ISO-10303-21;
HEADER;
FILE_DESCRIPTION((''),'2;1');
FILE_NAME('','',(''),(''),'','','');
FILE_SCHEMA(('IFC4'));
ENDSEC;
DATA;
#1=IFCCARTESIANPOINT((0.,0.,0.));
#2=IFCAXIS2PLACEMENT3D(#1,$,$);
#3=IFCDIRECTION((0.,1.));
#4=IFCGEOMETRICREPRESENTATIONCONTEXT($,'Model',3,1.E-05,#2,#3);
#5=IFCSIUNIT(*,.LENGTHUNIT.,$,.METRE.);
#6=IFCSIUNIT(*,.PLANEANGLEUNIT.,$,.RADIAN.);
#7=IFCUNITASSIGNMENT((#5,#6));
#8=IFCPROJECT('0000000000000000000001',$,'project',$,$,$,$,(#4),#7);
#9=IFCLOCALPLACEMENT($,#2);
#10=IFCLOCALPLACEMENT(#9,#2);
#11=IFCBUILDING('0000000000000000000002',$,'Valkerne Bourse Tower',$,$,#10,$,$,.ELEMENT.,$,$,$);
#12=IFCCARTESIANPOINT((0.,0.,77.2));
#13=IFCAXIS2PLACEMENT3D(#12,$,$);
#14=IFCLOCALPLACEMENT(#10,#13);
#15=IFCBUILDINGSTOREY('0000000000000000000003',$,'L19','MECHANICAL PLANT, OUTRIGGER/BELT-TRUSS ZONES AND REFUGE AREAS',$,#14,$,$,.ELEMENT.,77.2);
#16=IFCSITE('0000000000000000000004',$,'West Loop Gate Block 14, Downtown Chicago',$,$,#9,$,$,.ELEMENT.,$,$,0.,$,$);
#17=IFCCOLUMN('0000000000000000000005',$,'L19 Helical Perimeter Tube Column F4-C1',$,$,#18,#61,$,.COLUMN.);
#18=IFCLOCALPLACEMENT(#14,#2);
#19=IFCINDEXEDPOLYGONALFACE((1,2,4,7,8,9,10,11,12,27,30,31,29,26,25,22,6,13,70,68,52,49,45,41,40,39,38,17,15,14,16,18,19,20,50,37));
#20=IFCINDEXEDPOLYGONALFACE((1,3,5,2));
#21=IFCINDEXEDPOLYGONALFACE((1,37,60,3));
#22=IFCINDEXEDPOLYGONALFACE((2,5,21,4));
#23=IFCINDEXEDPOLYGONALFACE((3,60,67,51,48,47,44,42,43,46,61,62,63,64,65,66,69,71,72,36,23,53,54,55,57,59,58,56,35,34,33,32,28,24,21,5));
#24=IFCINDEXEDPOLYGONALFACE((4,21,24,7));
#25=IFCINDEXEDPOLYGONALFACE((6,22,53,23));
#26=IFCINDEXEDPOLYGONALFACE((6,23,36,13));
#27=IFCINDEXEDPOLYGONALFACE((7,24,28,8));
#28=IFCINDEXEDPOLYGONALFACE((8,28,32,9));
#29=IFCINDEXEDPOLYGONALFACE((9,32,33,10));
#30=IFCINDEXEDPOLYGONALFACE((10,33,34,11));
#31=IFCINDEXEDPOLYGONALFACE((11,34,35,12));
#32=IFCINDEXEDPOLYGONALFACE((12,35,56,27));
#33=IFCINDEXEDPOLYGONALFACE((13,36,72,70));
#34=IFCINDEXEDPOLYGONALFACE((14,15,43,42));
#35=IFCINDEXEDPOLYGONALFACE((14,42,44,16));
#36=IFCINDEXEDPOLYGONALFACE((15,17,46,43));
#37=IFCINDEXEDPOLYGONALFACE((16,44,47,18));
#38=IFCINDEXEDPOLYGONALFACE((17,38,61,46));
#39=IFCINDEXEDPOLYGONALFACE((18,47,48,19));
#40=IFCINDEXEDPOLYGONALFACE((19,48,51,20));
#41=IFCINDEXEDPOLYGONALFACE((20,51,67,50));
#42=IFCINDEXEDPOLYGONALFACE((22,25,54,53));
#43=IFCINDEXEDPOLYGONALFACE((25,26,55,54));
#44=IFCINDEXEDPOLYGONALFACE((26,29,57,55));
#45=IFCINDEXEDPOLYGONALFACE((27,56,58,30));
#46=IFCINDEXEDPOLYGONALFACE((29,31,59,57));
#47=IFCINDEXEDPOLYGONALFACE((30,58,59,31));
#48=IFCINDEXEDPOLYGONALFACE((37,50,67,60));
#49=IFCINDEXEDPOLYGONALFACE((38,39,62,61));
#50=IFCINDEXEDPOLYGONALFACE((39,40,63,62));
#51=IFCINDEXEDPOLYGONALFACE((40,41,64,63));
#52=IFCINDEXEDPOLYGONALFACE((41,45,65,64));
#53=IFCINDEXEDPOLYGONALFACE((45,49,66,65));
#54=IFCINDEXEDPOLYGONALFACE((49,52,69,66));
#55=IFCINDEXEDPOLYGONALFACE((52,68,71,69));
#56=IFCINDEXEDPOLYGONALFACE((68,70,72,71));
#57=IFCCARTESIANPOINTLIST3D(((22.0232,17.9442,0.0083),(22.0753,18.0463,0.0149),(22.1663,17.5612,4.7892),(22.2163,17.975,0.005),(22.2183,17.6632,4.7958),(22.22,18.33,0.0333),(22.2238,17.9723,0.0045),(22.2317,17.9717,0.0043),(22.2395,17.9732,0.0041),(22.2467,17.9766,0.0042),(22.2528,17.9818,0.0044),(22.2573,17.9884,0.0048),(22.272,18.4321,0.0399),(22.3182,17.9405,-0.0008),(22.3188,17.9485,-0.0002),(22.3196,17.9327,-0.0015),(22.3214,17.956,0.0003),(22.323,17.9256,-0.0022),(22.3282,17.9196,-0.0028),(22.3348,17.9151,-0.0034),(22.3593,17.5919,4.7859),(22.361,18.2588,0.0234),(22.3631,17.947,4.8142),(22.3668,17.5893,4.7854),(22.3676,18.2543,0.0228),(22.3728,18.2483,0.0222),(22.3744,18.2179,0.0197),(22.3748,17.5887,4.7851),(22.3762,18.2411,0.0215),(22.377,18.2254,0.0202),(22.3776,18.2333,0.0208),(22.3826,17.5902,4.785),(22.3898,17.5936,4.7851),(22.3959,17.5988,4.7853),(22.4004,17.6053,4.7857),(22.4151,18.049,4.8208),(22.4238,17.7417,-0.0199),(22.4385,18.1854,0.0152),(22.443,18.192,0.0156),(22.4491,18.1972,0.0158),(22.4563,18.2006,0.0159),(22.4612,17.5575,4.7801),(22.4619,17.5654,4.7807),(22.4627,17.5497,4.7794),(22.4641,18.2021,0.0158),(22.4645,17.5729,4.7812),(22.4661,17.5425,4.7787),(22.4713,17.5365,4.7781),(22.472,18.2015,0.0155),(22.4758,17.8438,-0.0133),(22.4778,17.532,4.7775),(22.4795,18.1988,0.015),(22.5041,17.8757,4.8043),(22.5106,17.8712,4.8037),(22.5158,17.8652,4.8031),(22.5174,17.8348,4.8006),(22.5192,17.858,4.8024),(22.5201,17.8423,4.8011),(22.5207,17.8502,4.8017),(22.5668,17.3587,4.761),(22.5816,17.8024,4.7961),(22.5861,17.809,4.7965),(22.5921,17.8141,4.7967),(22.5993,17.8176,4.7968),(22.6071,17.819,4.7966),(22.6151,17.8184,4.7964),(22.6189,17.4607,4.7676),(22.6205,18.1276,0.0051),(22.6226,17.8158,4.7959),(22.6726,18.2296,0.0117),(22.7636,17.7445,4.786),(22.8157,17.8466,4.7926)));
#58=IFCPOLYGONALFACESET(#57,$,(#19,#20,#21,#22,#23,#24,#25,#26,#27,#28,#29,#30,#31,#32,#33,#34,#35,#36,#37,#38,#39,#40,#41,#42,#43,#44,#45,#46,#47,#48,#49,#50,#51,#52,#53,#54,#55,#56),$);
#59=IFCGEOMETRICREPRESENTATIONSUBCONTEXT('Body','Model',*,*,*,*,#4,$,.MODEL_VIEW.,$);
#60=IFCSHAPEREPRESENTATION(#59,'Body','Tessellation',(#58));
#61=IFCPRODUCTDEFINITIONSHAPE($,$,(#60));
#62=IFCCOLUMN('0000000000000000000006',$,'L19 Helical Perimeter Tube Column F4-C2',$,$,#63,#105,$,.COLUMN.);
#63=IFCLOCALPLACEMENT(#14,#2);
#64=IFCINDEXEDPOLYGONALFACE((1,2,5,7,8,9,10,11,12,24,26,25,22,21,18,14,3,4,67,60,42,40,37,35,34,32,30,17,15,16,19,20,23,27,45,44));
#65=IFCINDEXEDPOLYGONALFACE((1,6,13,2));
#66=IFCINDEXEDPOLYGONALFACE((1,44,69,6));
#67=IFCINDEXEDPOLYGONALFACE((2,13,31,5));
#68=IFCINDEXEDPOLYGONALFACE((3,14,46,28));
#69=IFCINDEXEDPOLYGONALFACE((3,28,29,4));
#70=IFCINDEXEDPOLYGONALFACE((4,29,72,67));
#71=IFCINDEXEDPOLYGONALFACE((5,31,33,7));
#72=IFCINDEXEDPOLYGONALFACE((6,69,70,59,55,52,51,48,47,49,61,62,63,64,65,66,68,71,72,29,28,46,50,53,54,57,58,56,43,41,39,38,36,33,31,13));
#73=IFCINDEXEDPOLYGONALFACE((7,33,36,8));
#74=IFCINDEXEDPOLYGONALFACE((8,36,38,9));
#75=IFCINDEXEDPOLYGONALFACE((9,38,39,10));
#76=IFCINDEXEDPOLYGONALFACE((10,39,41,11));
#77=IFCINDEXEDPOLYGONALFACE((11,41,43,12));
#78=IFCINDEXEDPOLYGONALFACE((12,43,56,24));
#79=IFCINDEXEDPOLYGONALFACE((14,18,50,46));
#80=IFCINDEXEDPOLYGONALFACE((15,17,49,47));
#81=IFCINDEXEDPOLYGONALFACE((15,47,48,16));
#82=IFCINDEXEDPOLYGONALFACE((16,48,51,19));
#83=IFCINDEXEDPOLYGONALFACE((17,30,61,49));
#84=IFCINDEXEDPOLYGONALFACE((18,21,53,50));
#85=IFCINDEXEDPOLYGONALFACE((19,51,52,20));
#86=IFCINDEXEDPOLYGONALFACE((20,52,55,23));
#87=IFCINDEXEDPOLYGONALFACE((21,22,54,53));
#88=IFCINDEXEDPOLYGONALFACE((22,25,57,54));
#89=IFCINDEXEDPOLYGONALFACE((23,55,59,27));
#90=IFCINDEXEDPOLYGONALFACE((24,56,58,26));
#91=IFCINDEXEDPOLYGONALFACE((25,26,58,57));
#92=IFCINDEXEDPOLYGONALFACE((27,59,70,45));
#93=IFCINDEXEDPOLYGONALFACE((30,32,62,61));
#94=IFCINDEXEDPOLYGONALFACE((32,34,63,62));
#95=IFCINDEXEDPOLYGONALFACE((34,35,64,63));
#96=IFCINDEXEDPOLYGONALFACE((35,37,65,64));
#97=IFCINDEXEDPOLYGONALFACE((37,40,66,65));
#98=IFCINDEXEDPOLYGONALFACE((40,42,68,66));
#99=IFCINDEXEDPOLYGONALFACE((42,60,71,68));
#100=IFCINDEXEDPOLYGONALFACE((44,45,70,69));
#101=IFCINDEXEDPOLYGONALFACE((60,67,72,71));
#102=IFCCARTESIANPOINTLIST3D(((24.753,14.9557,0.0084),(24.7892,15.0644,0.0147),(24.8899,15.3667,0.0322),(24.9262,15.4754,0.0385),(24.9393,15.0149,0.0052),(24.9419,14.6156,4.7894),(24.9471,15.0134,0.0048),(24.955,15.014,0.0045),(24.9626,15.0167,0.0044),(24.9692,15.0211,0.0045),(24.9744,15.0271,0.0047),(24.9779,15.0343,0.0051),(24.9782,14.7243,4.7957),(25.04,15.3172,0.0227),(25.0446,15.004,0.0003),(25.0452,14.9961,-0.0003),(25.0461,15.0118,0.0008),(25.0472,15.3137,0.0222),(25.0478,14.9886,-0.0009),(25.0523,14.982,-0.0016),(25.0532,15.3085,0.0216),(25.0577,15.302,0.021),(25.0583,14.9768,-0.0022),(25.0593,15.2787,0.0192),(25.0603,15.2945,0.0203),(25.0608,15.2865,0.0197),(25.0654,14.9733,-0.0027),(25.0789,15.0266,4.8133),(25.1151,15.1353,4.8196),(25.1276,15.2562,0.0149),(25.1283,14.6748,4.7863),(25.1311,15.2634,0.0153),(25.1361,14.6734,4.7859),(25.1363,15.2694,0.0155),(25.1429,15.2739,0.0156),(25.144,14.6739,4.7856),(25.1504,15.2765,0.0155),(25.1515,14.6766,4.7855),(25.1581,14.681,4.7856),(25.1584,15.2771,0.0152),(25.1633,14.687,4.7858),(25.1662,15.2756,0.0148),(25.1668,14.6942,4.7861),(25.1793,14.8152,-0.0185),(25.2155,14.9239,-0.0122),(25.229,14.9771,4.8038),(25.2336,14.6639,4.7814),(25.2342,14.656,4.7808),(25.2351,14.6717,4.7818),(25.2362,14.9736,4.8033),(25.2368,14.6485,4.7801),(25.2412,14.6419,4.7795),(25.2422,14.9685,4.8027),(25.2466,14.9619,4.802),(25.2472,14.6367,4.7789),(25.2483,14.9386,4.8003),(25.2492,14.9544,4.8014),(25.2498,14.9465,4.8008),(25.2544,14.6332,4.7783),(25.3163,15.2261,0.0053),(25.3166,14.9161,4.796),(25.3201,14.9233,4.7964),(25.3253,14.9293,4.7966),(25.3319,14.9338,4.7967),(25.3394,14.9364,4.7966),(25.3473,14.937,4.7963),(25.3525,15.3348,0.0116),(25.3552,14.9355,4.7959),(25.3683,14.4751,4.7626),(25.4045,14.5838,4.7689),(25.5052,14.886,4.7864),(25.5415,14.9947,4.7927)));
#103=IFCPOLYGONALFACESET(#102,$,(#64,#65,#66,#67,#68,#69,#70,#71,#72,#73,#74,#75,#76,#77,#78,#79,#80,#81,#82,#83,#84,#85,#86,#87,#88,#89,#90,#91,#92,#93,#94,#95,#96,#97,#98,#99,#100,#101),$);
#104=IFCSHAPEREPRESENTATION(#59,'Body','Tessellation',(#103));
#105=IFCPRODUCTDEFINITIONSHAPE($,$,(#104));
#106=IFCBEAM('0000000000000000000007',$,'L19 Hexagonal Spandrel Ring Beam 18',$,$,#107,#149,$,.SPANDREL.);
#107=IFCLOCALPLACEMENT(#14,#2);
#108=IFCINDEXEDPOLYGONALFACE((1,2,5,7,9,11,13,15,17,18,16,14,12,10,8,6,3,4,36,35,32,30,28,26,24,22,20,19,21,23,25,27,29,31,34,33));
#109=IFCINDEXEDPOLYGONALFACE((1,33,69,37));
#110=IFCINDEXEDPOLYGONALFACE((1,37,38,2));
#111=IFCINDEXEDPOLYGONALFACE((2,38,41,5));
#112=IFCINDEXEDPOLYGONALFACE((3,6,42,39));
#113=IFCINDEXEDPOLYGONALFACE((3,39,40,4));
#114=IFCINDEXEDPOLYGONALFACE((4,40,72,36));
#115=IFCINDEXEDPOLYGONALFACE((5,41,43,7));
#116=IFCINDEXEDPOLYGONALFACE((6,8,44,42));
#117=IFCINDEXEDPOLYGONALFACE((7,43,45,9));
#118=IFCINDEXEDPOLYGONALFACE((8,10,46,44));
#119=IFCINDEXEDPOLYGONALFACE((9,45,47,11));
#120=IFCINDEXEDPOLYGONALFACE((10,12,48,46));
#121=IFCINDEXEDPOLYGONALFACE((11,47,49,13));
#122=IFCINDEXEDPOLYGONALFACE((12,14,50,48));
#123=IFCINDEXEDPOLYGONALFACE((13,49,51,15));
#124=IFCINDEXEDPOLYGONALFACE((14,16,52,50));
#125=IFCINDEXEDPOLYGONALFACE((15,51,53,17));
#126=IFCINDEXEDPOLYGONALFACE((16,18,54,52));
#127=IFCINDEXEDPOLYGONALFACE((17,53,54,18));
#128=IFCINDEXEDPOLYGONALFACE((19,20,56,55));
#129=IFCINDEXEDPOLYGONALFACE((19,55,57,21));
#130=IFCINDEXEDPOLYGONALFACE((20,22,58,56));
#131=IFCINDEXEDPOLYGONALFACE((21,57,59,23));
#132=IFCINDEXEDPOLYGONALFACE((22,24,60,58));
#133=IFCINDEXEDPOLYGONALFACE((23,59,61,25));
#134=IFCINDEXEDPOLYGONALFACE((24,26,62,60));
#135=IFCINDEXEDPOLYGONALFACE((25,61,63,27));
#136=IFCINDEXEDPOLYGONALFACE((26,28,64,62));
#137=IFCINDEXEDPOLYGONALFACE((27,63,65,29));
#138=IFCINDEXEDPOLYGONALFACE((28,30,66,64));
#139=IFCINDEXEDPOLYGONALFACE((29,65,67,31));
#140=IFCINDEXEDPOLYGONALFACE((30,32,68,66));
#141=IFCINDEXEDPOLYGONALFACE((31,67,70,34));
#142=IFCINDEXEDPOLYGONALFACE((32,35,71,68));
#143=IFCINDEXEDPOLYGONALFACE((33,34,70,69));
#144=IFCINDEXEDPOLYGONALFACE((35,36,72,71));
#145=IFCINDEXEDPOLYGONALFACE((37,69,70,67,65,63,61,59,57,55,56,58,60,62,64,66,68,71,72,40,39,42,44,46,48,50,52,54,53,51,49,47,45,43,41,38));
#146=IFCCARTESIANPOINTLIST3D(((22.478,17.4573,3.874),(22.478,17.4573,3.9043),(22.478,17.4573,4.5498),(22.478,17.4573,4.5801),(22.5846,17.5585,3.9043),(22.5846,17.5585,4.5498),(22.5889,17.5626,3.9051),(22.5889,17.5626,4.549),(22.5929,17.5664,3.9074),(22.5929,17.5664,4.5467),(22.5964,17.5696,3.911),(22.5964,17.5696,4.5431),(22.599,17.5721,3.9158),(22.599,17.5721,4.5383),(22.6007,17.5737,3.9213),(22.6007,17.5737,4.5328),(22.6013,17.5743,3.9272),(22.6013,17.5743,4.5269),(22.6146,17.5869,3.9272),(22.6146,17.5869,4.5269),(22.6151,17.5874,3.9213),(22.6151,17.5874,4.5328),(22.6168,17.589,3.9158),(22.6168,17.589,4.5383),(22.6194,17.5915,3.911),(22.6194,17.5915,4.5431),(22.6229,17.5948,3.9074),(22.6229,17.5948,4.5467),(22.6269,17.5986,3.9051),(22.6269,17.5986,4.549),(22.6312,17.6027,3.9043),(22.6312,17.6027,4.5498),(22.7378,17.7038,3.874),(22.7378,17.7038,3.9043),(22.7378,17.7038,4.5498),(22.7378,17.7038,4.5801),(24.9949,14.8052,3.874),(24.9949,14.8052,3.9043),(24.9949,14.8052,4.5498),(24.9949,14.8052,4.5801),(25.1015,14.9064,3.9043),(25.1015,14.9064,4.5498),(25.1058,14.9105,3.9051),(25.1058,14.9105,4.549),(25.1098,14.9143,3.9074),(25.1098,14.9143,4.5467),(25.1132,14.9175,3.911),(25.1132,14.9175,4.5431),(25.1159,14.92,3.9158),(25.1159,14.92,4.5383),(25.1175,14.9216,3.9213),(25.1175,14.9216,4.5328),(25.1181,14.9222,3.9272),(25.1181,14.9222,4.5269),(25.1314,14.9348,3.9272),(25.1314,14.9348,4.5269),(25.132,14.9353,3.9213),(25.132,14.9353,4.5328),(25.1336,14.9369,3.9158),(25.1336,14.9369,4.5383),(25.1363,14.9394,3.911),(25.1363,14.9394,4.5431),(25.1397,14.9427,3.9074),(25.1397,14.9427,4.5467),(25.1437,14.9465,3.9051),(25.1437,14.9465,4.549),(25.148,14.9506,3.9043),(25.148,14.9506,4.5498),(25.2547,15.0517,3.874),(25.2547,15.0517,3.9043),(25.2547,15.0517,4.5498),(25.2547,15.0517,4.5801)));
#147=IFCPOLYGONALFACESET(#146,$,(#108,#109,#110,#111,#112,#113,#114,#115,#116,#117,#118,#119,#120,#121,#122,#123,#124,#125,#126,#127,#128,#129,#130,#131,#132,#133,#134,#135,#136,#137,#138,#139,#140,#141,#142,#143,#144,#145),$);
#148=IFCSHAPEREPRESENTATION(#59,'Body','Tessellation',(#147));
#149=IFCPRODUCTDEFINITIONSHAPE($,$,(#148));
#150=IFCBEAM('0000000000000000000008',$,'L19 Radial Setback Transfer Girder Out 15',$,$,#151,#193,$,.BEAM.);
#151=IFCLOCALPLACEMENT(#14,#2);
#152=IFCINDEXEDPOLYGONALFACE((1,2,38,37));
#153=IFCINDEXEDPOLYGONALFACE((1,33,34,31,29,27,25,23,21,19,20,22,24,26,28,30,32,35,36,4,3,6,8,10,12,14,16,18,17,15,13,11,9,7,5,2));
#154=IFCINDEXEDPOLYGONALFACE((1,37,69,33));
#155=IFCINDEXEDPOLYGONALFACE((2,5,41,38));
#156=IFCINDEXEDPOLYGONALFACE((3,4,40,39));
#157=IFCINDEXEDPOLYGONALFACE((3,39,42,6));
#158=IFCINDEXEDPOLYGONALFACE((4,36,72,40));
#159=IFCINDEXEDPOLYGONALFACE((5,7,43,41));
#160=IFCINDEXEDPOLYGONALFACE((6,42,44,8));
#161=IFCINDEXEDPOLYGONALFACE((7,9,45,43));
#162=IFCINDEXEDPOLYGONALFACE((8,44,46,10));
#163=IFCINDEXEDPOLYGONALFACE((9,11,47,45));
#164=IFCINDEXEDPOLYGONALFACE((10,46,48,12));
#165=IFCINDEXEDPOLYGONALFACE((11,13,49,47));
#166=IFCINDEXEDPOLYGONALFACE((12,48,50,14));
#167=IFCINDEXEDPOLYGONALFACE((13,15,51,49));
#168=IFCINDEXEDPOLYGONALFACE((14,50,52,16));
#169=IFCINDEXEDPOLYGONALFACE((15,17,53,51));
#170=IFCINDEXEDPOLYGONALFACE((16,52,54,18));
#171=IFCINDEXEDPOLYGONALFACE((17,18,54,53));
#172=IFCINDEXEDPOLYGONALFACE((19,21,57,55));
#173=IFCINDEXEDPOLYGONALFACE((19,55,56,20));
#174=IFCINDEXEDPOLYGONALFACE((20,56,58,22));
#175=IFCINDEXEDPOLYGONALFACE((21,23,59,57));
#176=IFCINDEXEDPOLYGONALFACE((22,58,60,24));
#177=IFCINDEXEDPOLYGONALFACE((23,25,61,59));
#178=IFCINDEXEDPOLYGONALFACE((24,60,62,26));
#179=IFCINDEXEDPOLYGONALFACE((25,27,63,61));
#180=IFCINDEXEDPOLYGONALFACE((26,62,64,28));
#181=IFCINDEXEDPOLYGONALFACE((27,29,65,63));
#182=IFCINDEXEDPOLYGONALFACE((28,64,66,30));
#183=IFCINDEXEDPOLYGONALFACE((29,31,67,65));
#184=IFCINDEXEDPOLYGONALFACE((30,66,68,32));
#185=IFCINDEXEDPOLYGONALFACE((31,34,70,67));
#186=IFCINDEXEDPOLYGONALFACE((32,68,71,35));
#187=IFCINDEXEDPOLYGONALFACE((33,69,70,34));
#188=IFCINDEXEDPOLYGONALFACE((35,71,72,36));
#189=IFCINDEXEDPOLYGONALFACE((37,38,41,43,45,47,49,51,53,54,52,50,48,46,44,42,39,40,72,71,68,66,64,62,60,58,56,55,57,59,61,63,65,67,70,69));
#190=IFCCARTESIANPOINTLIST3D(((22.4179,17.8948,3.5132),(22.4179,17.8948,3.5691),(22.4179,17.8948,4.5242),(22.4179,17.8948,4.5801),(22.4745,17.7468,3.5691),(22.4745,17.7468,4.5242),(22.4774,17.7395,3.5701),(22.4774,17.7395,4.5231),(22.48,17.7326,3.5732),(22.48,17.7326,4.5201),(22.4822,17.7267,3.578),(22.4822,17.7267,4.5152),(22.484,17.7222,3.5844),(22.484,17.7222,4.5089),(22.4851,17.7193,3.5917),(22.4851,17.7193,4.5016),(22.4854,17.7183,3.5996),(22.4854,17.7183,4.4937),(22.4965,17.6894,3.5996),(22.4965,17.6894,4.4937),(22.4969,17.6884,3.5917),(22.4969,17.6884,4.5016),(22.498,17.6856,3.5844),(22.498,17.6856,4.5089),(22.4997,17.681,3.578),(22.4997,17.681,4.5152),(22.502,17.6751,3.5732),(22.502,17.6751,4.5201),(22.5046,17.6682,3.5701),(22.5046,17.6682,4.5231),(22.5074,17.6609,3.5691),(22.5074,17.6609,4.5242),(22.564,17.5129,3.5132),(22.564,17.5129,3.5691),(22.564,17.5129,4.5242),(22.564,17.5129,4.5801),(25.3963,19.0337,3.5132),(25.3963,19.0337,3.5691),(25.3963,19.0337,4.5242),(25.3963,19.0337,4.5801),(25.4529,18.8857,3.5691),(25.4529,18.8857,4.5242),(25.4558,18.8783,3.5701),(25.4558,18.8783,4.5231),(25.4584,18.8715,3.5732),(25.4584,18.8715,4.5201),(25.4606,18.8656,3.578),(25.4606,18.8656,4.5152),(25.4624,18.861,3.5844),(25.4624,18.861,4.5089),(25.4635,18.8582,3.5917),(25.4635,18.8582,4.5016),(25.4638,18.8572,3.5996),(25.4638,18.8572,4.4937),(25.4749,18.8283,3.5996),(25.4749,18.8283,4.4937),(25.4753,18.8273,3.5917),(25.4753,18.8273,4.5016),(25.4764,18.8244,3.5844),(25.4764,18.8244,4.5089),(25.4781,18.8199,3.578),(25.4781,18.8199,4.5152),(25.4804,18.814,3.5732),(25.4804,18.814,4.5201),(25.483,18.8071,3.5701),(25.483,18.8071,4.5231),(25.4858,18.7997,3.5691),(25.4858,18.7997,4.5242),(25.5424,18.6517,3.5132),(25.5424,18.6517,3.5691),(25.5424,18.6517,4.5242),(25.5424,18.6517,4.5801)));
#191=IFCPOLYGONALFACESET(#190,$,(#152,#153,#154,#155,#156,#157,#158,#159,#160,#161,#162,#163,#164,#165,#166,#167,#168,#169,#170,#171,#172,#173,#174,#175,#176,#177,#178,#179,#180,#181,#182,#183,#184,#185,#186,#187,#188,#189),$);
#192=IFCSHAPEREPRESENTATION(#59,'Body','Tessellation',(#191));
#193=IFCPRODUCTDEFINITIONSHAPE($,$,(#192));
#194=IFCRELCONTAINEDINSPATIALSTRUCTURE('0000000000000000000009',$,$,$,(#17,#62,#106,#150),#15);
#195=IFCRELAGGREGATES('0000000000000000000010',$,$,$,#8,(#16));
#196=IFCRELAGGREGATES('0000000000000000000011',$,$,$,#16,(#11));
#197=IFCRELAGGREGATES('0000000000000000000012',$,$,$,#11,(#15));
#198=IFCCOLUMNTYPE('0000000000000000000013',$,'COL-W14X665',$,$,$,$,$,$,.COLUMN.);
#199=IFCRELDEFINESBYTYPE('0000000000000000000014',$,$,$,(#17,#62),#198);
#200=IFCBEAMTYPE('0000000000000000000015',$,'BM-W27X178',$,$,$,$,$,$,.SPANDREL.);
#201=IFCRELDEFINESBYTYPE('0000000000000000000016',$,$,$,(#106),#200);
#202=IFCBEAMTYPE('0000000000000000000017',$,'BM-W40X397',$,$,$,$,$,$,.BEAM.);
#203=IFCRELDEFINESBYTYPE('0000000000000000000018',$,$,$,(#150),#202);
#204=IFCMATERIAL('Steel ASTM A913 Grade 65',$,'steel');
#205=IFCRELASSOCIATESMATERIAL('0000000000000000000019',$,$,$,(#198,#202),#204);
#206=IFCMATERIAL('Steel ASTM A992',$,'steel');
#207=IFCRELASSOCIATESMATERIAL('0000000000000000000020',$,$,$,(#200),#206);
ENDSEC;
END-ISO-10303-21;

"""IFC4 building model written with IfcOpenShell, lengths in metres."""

from ifc_helpers import new_model, si_unit, direction, frame, origin, origin_2d, place, context, subcontext, project, spatial, i_section, extrude, material, material_profile, profile_set, type_object, element, save


model = new_model("IFC4")

# Units and contexts
model_context = context("Model", 3, precision=1e-05, world=origin(), true_north=direction((0.0, 1.0)))
body_context = subcontext(model_context, "Body", "Model", "MODEL_VIEW")
ifc_project = project(units=[si_unit("LENGTHUNIT", "METRE"), si_unit("PLANEANGLEUNIT", "RADIAN")], contexts=[model_context])

# Site, building, storey
site_placement = place(None, origin())
site = spatial("IfcSite", under=ifc_project, at=site_placement, Name="West Loop Gate Block 14, Downtown Chicago", CompositionType="ELEMENT", RefElevation=0.0)
building_placement = place(site_placement, origin())
building = spatial("IfcBuilding", under=site, at=building_placement, Name="Valkerne Bourse Tower", CompositionType="ELEMENT")
storey_placement = place(building_placement, frame((0.0, 0.0, 77.2)))
storey = spatial("IfcBuildingStorey", under=building, at=storey_placement, Name="L19", Description="MECHANICAL PLANT, OUTRIGGER/BELT-TRUSS ZONES AND REFUGE AREAS", CompositionType="ELEMENT", Elevation=77.2)

# Columns
ifc_material_1 = material(Name="Steel ASTM A913 Grade 65", Category="steel")
ifc_material_profile_1 = material_profile(ifc_material_1, i_section(OverallWidth=0.4497, OverallDepth=0.5486, WebThickness=0.072, FlangeThickness=0.1147, FilletRadius=0.0305, at=origin_2d()), Name="W14X665")
ifc_profile_set_1 = profile_set([ifc_material_profile_1], Name="Steel ASTM A913 Grade 65")
column_type = type_object("IfcColumnType", Name="COL-W14X665", PredefinedType="COLUMN", material=ifc_profile_set_1)
column_1_placement = place(storey_placement, frame((22.3479, 18.0869, 0.01), z_axis=(0.029815, -0.079829, 0.996363), x_axis=(0.890703, -0.450238, -0.062727)))
element("IfcColumn", 1, at=column_1_placement, inside=storey, type_object=column_type, Name="L19 Helical Perimeter Tube Column F4-C1", PredefinedType="COLUMN", context=body_context, shape_type="SweptSolid", body=[
    extrude(i_section(OverallWidth=0.4497, OverallDepth=0.5486, WebThickness=0.072, FlangeThickness=0.1147, FilletRadius=0.0305, at=origin_2d()), origin(), (0.0, 0.0, 1.0), 4.7983),
])
column_2_placement = place(storey_placement, frame((25.0527, 15.1453, 0.01), z_axis=(0.039394, -0.070899, 0.996705), x_axis=(0.948018, -0.312567, -0.059703)))
element("IfcColumn", 2, at=column_2_placement, inside=storey, type_object=column_type, Name="L19 Helical Perimeter Tube Column F4-C2", PredefinedType="COLUMN", context=body_context, shape_type="SweptSolid", body=[
    extrude(i_section(OverallWidth=0.4497, OverallDepth=0.5486, WebThickness=0.072, FlangeThickness=0.1147, FilletRadius=0.0305, at=origin_2d()), origin(), (0.0, 0.0, 1.0), 4.7969),
])

# Beams
ifc_material_2 = material(Name="Steel ASTM A992", Category="steel")
ifc_material_profile_2 = material_profile(ifc_material_2, i_section(OverallWidth=0.3582, OverallDepth=0.7061, WebThickness=0.0183, FlangeThickness=0.0303, FilletRadius=0.0229, at=origin_2d()), Name="W27X178")
ifc_profile_set_2 = profile_set([ifc_material_profile_2], Name="Steel ASTM A992")
beam_type_1 = type_object("IfcBeamType", Name="BM-W27X178", PredefinedType="SPANDREL", material=ifc_profile_set_2)
beam_1_placement = place(storey_placement, frame((22.6079, 17.5806, 4.2271), z_axis=(0.688369, -0.725361, 0.0), x_axis=(0.725361, 0.688369, 0.0)))
element("IfcBeam", 3, at=beam_1_placement, inside=storey, type_object=beam_type_1, Name="L19 Hexagonal Spandrel Ring Beam 18", PredefinedType="SPANDREL", context=body_context, shape_type="SweptSolid", body=[
    extrude(i_section(OverallWidth=0.3582, OverallDepth=0.7061, WebThickness=0.0183, FlangeThickness=0.0303, FilletRadius=0.0229, at=origin_2d()), origin(), (0.0, 0.0, 1.0), 3.6562),
])
ifc_material_profile_3 = material_profile(ifc_material_1, i_section(OverallWidth=0.4089, OverallDepth=1.0669, WebThickness=0.031, FlangeThickness=0.0559, FilletRadius=0.0305, at=origin_2d()), Name="W40X397")
ifc_profile_set_3 = profile_set([ifc_material_profile_3], Name="Steel ASTM A913 Grade 65")
beam_type_2 = type_object("IfcBeamType", Name="BM-W40X397", PredefinedType="BEAM", material=ifc_profile_set_3)
beam_2_placement = place(storey_placement, frame((22.491, 17.7039, 4.0466), z_axis=(0.934044, 0.357157, 0.0), x_axis=(-0.357157, 0.934044, 0.0)))
element("IfcBeam", 4, at=beam_2_placement, inside=storey, type_object=beam_type_2, Name="L19 Radial Setback Transfer Girder Out 15", PredefinedType="BEAM", context=body_context, shape_type="SweptSolid", body=[
    extrude(i_section(OverallWidth=0.4089, OverallDepth=1.0669, WebThickness=0.031, FlangeThickness=0.0559, FilletRadius=0.0305, at=origin_2d()), origin(), (0.0, 0.0, 1.0), 3.1887),
])

save(model, "model.ifc")
